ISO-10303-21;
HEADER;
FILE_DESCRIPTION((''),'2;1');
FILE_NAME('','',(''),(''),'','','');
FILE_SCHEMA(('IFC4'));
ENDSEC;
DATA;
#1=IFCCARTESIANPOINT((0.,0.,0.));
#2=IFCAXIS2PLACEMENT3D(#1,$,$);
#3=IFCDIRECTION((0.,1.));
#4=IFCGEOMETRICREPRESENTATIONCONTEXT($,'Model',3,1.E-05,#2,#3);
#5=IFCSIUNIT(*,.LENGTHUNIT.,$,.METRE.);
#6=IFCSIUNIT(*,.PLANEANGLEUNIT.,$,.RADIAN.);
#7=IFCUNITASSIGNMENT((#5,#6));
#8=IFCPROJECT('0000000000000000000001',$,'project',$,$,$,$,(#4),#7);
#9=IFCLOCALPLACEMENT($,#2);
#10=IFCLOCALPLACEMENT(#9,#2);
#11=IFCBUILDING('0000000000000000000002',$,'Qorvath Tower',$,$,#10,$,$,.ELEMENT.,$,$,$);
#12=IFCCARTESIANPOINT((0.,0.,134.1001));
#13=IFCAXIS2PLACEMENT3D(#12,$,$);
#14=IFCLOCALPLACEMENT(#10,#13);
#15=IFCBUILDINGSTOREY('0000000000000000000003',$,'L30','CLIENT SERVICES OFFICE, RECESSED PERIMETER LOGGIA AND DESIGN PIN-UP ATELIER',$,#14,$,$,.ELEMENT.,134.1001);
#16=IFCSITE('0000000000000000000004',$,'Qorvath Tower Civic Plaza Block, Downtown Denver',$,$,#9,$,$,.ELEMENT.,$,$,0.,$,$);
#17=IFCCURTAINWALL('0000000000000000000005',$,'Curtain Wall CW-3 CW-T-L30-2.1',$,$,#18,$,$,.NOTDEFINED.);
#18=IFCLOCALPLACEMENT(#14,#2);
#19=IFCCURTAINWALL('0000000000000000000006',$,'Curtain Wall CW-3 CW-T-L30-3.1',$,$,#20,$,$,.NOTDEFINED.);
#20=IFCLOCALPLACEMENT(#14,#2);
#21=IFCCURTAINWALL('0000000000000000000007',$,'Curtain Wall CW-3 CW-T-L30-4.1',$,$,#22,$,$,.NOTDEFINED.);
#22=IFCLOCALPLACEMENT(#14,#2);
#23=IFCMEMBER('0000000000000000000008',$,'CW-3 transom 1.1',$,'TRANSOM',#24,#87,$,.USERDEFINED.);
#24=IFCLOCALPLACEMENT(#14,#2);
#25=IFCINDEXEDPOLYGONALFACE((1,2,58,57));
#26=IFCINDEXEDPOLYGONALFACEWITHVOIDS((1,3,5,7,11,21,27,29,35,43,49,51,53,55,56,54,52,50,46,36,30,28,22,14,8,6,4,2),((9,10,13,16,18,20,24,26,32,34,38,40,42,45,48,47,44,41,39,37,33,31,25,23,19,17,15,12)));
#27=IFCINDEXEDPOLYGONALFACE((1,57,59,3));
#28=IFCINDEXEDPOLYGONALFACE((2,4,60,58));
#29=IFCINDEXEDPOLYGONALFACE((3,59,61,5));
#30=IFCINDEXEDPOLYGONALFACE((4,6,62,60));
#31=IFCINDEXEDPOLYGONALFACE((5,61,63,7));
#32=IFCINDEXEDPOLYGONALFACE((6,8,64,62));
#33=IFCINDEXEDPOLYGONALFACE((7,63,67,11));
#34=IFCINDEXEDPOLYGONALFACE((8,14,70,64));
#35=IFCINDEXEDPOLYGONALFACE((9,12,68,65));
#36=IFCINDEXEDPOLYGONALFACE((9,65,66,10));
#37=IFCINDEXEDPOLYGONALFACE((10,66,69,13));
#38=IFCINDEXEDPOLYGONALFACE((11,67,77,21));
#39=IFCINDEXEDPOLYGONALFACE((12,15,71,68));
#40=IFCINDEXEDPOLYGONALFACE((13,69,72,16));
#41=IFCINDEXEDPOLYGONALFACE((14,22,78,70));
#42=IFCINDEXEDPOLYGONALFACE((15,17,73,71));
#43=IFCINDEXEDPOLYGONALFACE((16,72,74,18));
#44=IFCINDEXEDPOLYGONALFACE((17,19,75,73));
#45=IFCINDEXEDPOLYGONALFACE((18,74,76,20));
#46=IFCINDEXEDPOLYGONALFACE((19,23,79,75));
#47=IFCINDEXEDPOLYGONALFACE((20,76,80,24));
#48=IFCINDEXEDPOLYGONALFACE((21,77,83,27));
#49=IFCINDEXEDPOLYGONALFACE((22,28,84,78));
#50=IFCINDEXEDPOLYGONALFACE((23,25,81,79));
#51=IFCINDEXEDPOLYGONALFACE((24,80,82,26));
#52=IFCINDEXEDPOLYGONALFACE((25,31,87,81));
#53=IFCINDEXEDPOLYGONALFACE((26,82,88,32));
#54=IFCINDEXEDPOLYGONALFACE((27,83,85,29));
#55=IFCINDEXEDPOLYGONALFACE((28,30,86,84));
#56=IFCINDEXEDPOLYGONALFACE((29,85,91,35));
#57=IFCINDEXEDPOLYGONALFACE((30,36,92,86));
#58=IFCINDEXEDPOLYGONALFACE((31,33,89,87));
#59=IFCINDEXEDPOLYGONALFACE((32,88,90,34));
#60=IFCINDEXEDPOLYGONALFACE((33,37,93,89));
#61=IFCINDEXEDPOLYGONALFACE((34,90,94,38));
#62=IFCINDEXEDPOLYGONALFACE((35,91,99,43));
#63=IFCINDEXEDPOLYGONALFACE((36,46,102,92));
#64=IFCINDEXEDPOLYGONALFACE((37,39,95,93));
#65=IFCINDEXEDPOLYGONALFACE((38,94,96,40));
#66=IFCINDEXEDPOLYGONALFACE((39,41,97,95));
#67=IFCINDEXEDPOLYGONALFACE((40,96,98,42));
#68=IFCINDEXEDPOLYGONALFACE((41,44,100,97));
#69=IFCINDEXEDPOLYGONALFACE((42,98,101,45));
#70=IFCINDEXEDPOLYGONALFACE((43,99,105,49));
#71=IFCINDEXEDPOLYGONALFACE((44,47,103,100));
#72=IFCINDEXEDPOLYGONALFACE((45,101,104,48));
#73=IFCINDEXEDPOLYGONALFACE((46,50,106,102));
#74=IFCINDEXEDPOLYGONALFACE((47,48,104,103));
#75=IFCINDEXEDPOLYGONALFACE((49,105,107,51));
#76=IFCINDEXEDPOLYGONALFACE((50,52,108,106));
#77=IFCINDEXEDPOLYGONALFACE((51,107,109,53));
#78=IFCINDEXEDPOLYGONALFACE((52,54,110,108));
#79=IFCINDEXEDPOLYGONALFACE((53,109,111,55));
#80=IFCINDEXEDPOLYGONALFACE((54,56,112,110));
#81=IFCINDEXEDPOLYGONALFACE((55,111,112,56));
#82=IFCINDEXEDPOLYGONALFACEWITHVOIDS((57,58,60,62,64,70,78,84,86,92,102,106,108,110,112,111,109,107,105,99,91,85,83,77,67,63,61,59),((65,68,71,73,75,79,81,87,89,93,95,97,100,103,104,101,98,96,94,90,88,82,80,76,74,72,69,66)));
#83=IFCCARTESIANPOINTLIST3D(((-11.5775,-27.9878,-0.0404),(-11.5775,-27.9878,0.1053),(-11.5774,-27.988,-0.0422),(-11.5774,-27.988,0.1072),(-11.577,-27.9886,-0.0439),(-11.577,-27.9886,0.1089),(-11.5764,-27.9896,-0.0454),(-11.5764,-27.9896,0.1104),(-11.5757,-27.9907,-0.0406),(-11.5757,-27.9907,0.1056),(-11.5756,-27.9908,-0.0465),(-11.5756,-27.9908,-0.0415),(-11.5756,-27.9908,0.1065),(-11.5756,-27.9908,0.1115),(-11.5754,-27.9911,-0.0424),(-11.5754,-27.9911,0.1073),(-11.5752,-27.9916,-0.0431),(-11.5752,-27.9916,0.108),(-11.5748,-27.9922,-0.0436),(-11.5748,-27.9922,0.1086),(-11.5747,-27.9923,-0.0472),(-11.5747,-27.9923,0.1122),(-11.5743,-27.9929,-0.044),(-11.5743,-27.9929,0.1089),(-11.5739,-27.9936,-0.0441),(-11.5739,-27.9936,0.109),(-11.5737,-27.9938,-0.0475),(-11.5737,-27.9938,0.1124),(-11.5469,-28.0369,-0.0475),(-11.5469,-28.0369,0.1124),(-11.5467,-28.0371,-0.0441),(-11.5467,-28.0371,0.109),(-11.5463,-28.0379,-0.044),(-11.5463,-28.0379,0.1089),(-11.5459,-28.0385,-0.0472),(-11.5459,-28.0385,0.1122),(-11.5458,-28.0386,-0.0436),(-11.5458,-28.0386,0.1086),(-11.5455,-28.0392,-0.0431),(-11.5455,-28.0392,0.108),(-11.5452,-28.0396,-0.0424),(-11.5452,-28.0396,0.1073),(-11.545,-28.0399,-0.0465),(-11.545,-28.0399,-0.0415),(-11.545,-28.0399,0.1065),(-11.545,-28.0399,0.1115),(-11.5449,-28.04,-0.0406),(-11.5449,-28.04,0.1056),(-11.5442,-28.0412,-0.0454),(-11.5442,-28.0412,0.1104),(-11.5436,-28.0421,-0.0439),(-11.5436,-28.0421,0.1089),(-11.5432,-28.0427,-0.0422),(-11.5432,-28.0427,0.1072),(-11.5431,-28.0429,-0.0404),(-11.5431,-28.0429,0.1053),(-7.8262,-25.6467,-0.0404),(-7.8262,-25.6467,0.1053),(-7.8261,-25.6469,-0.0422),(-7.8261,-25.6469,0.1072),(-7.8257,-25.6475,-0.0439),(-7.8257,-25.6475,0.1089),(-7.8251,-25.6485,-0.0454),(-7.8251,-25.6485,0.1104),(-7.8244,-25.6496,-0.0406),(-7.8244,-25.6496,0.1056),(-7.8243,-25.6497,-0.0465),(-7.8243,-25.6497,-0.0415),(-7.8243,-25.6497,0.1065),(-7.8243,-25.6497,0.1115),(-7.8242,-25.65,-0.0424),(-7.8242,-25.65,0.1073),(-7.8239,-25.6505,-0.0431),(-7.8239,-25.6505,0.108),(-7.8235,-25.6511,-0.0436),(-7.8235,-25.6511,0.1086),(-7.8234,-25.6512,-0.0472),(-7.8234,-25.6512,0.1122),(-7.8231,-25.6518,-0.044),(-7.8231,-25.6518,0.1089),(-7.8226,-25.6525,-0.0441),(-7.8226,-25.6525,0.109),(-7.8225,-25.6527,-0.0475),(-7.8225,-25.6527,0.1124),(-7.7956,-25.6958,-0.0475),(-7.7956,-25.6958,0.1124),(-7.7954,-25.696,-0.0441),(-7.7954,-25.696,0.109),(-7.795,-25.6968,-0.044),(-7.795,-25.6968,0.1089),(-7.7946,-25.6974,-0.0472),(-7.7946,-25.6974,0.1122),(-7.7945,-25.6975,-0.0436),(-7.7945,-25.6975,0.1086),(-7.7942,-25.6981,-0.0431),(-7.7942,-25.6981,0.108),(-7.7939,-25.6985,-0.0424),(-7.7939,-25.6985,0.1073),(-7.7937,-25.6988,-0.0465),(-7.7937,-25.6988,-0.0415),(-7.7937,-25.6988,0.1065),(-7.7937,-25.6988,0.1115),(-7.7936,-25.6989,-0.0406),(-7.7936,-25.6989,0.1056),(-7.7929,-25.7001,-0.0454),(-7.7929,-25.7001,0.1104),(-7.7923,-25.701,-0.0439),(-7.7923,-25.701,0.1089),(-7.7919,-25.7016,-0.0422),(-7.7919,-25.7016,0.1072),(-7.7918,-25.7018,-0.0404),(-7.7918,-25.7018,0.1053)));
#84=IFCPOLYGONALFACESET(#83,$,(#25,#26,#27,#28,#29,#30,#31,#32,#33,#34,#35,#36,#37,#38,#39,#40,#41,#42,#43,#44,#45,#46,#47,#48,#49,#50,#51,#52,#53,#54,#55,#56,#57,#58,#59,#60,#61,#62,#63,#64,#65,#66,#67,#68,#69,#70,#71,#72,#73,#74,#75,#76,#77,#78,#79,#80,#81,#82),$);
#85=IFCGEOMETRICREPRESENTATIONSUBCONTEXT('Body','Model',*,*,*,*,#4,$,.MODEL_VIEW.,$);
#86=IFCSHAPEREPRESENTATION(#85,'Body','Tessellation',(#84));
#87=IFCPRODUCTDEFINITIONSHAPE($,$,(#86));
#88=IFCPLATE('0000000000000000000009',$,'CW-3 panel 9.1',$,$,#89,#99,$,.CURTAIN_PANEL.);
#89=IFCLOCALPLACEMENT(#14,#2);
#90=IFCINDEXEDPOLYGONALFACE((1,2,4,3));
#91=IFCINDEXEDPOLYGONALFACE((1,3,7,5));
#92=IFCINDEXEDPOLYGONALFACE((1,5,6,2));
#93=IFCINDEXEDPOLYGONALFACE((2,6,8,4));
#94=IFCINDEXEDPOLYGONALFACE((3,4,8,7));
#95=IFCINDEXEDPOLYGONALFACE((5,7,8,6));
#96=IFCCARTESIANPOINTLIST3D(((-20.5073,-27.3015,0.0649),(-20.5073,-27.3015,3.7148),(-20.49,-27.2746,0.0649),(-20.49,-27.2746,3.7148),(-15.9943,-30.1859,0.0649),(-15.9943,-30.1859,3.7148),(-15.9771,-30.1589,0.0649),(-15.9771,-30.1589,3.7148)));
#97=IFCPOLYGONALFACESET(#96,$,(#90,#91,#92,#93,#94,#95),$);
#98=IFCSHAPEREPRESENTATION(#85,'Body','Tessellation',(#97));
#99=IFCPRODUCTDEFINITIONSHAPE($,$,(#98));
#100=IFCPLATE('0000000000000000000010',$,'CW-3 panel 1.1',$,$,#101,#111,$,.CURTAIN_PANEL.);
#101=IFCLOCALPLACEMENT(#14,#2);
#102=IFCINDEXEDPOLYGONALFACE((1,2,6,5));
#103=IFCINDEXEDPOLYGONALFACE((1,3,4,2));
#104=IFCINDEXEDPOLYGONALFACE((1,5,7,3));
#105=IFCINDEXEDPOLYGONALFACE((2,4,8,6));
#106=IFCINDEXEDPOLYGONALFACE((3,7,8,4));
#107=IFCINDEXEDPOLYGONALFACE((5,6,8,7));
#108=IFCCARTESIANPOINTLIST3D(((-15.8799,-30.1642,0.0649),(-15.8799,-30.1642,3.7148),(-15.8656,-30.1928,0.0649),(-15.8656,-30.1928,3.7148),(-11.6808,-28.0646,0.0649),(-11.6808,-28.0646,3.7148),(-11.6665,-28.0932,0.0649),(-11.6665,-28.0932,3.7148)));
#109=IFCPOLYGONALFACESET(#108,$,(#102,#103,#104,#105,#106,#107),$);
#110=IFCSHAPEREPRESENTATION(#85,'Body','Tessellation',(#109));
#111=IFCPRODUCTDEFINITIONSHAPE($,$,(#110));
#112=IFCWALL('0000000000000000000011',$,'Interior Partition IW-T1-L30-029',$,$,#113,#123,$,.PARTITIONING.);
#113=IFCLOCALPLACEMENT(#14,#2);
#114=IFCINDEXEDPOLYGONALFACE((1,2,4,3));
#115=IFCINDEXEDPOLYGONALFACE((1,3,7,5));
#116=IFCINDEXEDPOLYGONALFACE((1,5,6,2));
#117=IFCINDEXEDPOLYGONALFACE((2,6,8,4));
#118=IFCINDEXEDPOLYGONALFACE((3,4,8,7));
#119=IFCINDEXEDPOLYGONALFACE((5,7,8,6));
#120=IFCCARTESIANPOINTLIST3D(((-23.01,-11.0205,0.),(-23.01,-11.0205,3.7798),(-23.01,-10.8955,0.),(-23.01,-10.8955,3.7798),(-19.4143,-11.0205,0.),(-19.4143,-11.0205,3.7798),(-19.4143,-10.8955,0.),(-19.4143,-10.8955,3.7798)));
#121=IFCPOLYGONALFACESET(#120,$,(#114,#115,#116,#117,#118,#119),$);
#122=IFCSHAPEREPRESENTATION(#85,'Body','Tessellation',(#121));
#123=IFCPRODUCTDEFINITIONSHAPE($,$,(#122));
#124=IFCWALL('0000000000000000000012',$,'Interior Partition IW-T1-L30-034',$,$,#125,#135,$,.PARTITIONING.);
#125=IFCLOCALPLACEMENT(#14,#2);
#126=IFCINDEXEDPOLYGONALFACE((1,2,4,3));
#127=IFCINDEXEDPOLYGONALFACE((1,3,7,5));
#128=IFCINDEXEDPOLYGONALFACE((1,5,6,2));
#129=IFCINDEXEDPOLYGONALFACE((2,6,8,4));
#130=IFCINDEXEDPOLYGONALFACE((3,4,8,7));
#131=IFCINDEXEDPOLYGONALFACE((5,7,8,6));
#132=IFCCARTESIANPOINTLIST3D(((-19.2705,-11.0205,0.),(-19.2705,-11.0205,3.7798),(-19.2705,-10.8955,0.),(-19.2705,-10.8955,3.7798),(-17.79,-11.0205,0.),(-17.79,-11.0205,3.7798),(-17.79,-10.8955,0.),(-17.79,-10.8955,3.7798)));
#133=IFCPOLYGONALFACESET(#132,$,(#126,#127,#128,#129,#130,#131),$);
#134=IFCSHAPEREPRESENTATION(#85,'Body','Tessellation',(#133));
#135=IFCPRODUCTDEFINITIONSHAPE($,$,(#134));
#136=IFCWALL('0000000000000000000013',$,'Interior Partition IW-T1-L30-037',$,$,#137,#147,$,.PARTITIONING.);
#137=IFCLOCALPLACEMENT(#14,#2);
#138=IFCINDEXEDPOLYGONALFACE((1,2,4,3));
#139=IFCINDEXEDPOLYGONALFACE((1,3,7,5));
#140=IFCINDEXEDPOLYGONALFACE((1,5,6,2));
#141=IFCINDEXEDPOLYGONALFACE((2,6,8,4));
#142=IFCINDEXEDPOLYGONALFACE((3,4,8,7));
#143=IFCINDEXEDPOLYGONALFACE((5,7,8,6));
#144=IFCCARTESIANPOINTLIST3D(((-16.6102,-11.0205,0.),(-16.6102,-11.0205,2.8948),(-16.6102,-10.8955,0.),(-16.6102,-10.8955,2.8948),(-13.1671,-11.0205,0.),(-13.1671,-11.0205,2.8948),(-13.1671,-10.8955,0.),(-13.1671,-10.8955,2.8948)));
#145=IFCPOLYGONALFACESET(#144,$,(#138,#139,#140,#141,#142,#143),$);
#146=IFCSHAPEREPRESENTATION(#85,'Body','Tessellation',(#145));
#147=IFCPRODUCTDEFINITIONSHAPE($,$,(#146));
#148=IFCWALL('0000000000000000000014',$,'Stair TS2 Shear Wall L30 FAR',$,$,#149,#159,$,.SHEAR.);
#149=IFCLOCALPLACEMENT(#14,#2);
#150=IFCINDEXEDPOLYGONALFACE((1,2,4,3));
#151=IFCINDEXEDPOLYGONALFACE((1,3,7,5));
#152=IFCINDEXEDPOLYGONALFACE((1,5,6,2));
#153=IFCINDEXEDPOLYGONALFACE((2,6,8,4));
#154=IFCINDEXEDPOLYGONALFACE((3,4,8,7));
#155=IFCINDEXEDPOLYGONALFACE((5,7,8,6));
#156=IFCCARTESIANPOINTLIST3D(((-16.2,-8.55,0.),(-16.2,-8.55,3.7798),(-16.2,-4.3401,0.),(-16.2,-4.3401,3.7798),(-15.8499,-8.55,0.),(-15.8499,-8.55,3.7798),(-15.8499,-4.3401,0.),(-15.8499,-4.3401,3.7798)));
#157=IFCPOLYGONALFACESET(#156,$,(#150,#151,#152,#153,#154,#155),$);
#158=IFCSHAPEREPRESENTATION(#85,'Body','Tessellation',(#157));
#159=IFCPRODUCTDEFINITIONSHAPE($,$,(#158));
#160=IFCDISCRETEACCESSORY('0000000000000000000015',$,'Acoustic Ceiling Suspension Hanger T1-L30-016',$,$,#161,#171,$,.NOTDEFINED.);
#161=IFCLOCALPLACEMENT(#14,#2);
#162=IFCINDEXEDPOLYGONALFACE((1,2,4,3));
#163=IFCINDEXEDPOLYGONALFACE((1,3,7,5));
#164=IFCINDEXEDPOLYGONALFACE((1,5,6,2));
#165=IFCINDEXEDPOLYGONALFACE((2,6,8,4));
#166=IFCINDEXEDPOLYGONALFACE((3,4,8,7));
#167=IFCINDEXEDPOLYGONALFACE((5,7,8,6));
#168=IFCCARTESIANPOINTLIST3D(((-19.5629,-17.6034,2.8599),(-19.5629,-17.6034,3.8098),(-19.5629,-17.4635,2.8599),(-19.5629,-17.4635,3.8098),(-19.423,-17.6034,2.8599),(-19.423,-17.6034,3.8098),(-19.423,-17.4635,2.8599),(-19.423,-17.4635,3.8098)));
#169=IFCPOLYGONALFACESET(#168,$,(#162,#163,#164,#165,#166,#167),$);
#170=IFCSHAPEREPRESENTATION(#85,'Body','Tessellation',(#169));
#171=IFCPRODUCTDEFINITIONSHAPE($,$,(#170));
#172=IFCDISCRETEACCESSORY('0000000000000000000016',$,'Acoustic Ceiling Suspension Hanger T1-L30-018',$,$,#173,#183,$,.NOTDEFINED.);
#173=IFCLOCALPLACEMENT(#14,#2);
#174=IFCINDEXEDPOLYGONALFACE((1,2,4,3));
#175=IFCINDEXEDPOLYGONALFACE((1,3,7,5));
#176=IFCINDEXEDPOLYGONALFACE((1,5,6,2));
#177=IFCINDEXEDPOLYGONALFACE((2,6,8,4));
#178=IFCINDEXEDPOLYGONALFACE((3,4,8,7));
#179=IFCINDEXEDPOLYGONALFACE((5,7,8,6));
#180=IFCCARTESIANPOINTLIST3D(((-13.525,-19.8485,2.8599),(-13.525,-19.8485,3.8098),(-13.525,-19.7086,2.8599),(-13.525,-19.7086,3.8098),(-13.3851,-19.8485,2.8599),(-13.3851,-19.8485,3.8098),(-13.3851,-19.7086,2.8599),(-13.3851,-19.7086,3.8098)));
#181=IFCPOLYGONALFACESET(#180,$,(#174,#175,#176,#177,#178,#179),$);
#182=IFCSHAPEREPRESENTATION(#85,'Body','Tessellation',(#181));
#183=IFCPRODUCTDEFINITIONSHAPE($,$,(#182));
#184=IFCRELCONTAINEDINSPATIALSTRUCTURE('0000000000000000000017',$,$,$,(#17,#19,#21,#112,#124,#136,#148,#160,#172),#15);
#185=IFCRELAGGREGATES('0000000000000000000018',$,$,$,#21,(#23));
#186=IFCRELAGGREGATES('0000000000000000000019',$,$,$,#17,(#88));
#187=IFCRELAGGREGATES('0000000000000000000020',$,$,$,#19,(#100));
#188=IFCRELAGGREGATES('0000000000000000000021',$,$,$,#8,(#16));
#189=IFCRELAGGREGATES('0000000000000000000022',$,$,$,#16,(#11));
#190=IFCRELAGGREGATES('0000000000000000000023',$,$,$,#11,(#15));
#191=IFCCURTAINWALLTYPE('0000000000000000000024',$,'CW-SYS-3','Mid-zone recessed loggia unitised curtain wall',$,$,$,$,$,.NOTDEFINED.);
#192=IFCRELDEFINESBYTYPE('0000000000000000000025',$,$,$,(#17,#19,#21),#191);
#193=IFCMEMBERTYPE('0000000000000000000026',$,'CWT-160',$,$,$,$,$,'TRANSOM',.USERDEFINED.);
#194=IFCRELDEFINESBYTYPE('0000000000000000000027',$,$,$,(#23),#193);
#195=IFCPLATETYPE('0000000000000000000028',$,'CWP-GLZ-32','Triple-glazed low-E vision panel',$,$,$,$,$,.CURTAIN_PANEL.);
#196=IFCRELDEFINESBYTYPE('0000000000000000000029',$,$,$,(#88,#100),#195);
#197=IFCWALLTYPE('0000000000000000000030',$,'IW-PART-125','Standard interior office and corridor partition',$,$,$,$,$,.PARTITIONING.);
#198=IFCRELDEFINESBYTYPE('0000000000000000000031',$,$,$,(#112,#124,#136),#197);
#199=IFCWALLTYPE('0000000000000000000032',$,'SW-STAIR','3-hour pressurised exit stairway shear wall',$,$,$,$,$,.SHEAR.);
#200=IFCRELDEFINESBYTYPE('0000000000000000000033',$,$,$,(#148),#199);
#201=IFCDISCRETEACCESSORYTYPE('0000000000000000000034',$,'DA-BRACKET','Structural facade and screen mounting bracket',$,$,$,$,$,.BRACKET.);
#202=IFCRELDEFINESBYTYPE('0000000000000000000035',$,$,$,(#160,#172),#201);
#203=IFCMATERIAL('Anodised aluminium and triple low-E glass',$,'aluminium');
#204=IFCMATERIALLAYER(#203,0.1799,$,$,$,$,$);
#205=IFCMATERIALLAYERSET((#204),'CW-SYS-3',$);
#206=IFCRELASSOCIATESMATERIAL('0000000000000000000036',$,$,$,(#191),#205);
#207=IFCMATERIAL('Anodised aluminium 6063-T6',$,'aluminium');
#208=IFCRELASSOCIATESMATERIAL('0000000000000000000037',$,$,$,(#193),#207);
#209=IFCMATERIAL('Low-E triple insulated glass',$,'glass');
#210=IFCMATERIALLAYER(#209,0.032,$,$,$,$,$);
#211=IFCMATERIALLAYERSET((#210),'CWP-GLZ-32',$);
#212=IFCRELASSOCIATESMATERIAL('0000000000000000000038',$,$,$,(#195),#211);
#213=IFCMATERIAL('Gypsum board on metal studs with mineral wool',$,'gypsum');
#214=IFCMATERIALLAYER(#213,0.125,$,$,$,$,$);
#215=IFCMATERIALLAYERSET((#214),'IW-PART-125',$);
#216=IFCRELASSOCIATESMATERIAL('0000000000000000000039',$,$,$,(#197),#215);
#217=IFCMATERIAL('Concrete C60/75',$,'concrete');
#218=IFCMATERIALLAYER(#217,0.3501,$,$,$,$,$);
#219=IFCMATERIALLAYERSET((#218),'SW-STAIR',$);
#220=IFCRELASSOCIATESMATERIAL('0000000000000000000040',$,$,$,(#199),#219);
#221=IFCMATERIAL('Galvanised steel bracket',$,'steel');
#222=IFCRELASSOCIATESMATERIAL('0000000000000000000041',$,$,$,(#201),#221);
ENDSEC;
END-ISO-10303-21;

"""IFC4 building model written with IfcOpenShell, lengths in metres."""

from ifc_helpers import new_model, si_unit, direction, frame, frame_2d, origin, origin_2d, place, context, subcontext, project, spatial, rectangle, hollow_rectangle, extrude, material, layer, layer_set, material_profile, profile_set, type_object, element, aggregate, save


model = new_model("IFC4")

# Units and contexts
model_context = context("Model", 3, precision=1e-05, world=origin(), true_north=direction((0.0, 1.0)))
body_context = subcontext(model_context, "Body", "Model", "MODEL_VIEW")
ifc_project = project(units=[si_unit("LENGTHUNIT", "METRE"), si_unit("PLANEANGLEUNIT", "RADIAN")], contexts=[model_context])

# Site, building, storey
site_placement = place(None, origin())
site = spatial("IfcSite", under=ifc_project, at=site_placement, Name="Qorvath Tower Civic Plaza Block, Downtown Denver", CompositionType="ELEMENT", RefElevation=0.0)
building_placement = place(site_placement, origin())
building = spatial("IfcBuilding", under=site, at=building_placement, Name="Qorvath Tower", CompositionType="ELEMENT")
storey_placement = place(building_placement, frame((0.0, 0.0, 134.1001)))
storey = spatial("IfcBuildingStorey", under=building, at=storey_placement, Name="L30", Description="CLIENT SERVICES OFFICE, RECESSED PERIMETER LOGGIA AND DESIGN PIN-UP ATELIER", CompositionType="ELEMENT", Elevation=134.1001)

# Curtain walls
ifc_material_1 = material(Name="Anodised aluminium and triple low-E glass", Category="aluminium")
ifc_layer_1 = layer(ifc_material_1, 0.1799)
ifc_layer_set_1 = layer_set([ifc_layer_1], Name="CW-SYS-3")
curtain_wall_type = type_object("IfcCurtainWallType", Name="CW-SYS-3", Description="Mid-zone recessed loggia unitised curtain wall", PredefinedType="NOTDEFINED", material=ifc_layer_set_1)
curtain_wall_1_placement = place(storey_placement, origin())
curtain_wall_1 = element("IfcCurtainWall", 1, at=curtain_wall_1_placement, inside=storey, type_object=curtain_wall_type, Name="Curtain Wall CW-3 CW-T-L30-2.1", PredefinedType="NOTDEFINED")
curtain_wall_2_placement = place(storey_placement, origin())
curtain_wall_2 = element("IfcCurtainWall", 2, at=curtain_wall_2_placement, inside=storey, type_object=curtain_wall_type, Name="Curtain Wall CW-3 CW-T-L30-3.1", PredefinedType="NOTDEFINED")

# Curtain wall
curtain_wall_3_placement = place(storey_placement, origin())
curtain_wall_3 = element("IfcCurtainWall", 3, at=curtain_wall_3_placement, inside=storey, type_object=curtain_wall_type, Name="Curtain Wall CW-3 CW-T-L30-4.1", PredefinedType="NOTDEFINED")

# Member
ifc_material_2 = material(Name="Anodised aluminium 6063-T6", Category="aluminium")
ifc_material_profile_1 = material_profile(ifc_material_2, hollow_rectangle(XDim=0.0649, YDim=0.1599, WallThickness=0.0034, InnerFilletRadius=0.0034, OuterFilletRadius=0.0071, at=origin_2d()), Name="CWT 160x65")
ifc_profile_set_1 = profile_set([ifc_material_profile_1], Name="Anodised aluminium 6063-T6")
member_type_1 = type_object("IfcMemberType", Name="CWT-160", ElementType="TRANSOM", PredefinedType="USERDEFINED", material=ifc_profile_set_1)
member_1_placement = place(storey_placement, frame((-11.5603, -28.0154, 0.0325), z_axis=(0.848349, 0.529438, 0.0), x_axis=(-0.529438, 0.848349, 0.0)))
member_1 = element("IfcMember", 4, at=member_1_placement, type_object=member_type_1, Name="CW-3 transom 1.1", ObjectType="TRANSOM", PredefinedType="USERDEFINED", context=body_context, shape_type="SweptSolid", body=[
    extrude(hollow_rectangle(XDim=0.0649, YDim=0.1599, WallThickness=0.0034, InnerFilletRadius=0.0034, OuterFilletRadius=0.0071, at=origin_2d()), origin(), (0.0, 0.0, 1.0), 4.4219),
])
aggregate(curtain_wall_3, [member_1])

# Plates
ifc_material_3 = material(Name="Low-E triple insulated glass", Category="glass")
ifc_layer_2 = layer(ifc_material_3, 0.032)
ifc_layer_set_2 = layer_set([ifc_layer_2], Name="CWP-GLZ-32")
plate_type = type_object("IfcPlateType", Name="CWP-GLZ-32", Description="Triple-glazed low-E vision panel", PredefinedType="CURTAIN_PANEL", material=ifc_layer_set_2)
plate_1_placement = place(storey_placement, frame((-18.2422, -28.7302, 0.0649), z_axis=(0.0, 0.0, 1.0), x_axis=(0.842604, -0.538534, 0.0)))
plate_1 = element("IfcPlate", 5, at=plate_1_placement, type_object=plate_type, Name="CW-3 panel 9.1", PredefinedType="CURTAIN_PANEL", context=body_context, shape_type="SweptSolid", body=[
    extrude(rectangle(XDim=5.356, YDim=0.032, at=origin_2d()), origin(), (0.0, 0.0, 1.0), 3.6499),
])
aggregate(curtain_wall_1, [plate_1])
plate_2_placement = place(storey_placement, frame((-13.7732, -29.1287, 0.0649), z_axis=(0.0, 0.0, 1.0), x_axis=(0.894427, 0.447214, 0.0)))
plate_2 = element("IfcPlate", 6, at=plate_2_placement, type_object=plate_type, Name="CW-3 panel 1.1", PredefinedType="CURTAIN_PANEL", context=body_context, shape_type="SweptSolid", body=[
    extrude(rectangle(XDim=4.6948, YDim=0.032, at=origin_2d()), origin(), (0.0, 0.0, 1.0), 3.6499),
])
aggregate(curtain_wall_2, [plate_2])

# Walls
ifc_material_4 = material(Name="Gypsum board on metal studs with mineral wool", Category="gypsum")
ifc_layer_3 = layer(ifc_material_4, 0.125)
ifc_layer_set_3 = layer_set([ifc_layer_3], Name="IW-PART-125")
wall_type_1 = type_object("IfcWallType", Name="IW-PART-125", Description="Standard interior office and corridor partition", PredefinedType="PARTITIONING", material=ifc_layer_set_3)
wall_1_placement = place(storey_placement, frame((-19.4143, -10.958, 0.0), z_axis=(0.0, 0.0, 1.0), x_axis=(-1.0, 0.0, 0.0)))
element("IfcWall", 7, at=wall_1_placement, inside=storey, type_object=wall_type_1, Name="Interior Partition IW-T1-L30-029", PredefinedType="PARTITIONING", context=body_context, shape_type="SweptSolid", body=[
    extrude(rectangle(XDim=3.5957, YDim=0.125, at=frame_2d((1.7979, 0.0))), origin(), (0.0, 0.0, 1.0), 3.7798),
])
wall_2_placement = place(storey_placement, frame((-17.79, -10.958, 0.0), z_axis=(0.0, 0.0, 1.0), x_axis=(-1.0, 0.0, 0.0)))
element("IfcWall", 8, at=wall_2_placement, inside=storey, type_object=wall_type_1, Name="Interior Partition IW-T1-L30-034", PredefinedType="PARTITIONING", context=body_context, shape_type="SweptSolid", body=[
    extrude(rectangle(XDim=1.4805, YDim=0.125, at=frame_2d((0.7402, 0.0))), origin(), (0.0, 0.0, 1.0), 3.7798),
])
wall_3_placement = place(storey_placement, frame((-13.167, -10.958, 0.0), z_axis=(0.0, 0.0, 1.0), x_axis=(-1.0, 0.0, 0.0)))
element("IfcWall", 9, at=wall_3_placement, inside=storey, type_object=wall_type_1, Name="Interior Partition IW-T1-L30-037", PredefinedType="PARTITIONING", context=body_context, shape_type="SweptSolid", body=[
    extrude(rectangle(XDim=3.4431, YDim=0.125, at=frame_2d((1.7217, 0.0))), origin(), (0.0, 0.0, 1.0), 2.8948),
])
ifc_material_5 = material(Name="Concrete C60/75", Category="concrete")
ifc_layer_4 = layer(ifc_material_5, 0.3501)
ifc_layer_set_4 = layer_set([ifc_layer_4], Name="SW-STAIR")
wall_type_2 = type_object("IfcWallType", Name="SW-STAIR", Description="3-hour pressurised exit stairway shear wall", PredefinedType="SHEAR", material=ifc_layer_set_4)
wall_4_placement = place(storey_placement, frame((-16.0249, -8.55, 0.0), z_axis=(0.0, 0.0, 1.0), x_axis=(0.0, 1.0, 0.0)))
element("IfcWall", 10, at=wall_4_placement, inside=storey, type_object=wall_type_2, Name="Stair TS2 Shear Wall L30 FAR", PredefinedType="SHEAR", context=body_context, shape_type="SweptSolid", body=[
    extrude(rectangle(XDim=4.21, YDim=0.3501, at=frame_2d((2.105, 0.0))), origin(), (0.0, 0.0, 1.0), 3.7798),
])

# Discrete accessories
ifc_material_6 = material(Name="Galvanised steel bracket", Category="steel")
discrete_accessory_type = type_object("IfcDiscreteAccessoryType", Name="DA-BRACKET", Description="Structural facade and screen mounting bracket", PredefinedType="BRACKET", material=ifc_material_6)
for number, where, z_axis, x_axis, name in (
    (11, (-19.4929, -17.5334, 2.8599), (0.0, 0.0, 1.0), (1.0, 0.0, 0.0), "Acoustic Ceiling Suspension Hanger T1-L30-016"),
    (12, (-13.4551, -19.7786, 2.8599), (0.0, 0.0, 1.0), (1.0, 0.0, 0.0), "Acoustic Ceiling Suspension Hanger T1-L30-018"),
):
    element("IfcDiscreteAccessory", number, at=place(storey_placement, frame(where, z_axis=z_axis, x_axis=x_axis)), inside=storey, type_object=discrete_accessory_type, Name=name, PredefinedType="NOTDEFINED", context=body_context, shape_type="SweptSolid", body=[
        extrude(rectangle(XDim=0.1399, YDim=0.1399, at=origin_2d()), origin(), (0.0, 0.0, 1.0), 0.95),
    ])

save(model, "model.ifc")
